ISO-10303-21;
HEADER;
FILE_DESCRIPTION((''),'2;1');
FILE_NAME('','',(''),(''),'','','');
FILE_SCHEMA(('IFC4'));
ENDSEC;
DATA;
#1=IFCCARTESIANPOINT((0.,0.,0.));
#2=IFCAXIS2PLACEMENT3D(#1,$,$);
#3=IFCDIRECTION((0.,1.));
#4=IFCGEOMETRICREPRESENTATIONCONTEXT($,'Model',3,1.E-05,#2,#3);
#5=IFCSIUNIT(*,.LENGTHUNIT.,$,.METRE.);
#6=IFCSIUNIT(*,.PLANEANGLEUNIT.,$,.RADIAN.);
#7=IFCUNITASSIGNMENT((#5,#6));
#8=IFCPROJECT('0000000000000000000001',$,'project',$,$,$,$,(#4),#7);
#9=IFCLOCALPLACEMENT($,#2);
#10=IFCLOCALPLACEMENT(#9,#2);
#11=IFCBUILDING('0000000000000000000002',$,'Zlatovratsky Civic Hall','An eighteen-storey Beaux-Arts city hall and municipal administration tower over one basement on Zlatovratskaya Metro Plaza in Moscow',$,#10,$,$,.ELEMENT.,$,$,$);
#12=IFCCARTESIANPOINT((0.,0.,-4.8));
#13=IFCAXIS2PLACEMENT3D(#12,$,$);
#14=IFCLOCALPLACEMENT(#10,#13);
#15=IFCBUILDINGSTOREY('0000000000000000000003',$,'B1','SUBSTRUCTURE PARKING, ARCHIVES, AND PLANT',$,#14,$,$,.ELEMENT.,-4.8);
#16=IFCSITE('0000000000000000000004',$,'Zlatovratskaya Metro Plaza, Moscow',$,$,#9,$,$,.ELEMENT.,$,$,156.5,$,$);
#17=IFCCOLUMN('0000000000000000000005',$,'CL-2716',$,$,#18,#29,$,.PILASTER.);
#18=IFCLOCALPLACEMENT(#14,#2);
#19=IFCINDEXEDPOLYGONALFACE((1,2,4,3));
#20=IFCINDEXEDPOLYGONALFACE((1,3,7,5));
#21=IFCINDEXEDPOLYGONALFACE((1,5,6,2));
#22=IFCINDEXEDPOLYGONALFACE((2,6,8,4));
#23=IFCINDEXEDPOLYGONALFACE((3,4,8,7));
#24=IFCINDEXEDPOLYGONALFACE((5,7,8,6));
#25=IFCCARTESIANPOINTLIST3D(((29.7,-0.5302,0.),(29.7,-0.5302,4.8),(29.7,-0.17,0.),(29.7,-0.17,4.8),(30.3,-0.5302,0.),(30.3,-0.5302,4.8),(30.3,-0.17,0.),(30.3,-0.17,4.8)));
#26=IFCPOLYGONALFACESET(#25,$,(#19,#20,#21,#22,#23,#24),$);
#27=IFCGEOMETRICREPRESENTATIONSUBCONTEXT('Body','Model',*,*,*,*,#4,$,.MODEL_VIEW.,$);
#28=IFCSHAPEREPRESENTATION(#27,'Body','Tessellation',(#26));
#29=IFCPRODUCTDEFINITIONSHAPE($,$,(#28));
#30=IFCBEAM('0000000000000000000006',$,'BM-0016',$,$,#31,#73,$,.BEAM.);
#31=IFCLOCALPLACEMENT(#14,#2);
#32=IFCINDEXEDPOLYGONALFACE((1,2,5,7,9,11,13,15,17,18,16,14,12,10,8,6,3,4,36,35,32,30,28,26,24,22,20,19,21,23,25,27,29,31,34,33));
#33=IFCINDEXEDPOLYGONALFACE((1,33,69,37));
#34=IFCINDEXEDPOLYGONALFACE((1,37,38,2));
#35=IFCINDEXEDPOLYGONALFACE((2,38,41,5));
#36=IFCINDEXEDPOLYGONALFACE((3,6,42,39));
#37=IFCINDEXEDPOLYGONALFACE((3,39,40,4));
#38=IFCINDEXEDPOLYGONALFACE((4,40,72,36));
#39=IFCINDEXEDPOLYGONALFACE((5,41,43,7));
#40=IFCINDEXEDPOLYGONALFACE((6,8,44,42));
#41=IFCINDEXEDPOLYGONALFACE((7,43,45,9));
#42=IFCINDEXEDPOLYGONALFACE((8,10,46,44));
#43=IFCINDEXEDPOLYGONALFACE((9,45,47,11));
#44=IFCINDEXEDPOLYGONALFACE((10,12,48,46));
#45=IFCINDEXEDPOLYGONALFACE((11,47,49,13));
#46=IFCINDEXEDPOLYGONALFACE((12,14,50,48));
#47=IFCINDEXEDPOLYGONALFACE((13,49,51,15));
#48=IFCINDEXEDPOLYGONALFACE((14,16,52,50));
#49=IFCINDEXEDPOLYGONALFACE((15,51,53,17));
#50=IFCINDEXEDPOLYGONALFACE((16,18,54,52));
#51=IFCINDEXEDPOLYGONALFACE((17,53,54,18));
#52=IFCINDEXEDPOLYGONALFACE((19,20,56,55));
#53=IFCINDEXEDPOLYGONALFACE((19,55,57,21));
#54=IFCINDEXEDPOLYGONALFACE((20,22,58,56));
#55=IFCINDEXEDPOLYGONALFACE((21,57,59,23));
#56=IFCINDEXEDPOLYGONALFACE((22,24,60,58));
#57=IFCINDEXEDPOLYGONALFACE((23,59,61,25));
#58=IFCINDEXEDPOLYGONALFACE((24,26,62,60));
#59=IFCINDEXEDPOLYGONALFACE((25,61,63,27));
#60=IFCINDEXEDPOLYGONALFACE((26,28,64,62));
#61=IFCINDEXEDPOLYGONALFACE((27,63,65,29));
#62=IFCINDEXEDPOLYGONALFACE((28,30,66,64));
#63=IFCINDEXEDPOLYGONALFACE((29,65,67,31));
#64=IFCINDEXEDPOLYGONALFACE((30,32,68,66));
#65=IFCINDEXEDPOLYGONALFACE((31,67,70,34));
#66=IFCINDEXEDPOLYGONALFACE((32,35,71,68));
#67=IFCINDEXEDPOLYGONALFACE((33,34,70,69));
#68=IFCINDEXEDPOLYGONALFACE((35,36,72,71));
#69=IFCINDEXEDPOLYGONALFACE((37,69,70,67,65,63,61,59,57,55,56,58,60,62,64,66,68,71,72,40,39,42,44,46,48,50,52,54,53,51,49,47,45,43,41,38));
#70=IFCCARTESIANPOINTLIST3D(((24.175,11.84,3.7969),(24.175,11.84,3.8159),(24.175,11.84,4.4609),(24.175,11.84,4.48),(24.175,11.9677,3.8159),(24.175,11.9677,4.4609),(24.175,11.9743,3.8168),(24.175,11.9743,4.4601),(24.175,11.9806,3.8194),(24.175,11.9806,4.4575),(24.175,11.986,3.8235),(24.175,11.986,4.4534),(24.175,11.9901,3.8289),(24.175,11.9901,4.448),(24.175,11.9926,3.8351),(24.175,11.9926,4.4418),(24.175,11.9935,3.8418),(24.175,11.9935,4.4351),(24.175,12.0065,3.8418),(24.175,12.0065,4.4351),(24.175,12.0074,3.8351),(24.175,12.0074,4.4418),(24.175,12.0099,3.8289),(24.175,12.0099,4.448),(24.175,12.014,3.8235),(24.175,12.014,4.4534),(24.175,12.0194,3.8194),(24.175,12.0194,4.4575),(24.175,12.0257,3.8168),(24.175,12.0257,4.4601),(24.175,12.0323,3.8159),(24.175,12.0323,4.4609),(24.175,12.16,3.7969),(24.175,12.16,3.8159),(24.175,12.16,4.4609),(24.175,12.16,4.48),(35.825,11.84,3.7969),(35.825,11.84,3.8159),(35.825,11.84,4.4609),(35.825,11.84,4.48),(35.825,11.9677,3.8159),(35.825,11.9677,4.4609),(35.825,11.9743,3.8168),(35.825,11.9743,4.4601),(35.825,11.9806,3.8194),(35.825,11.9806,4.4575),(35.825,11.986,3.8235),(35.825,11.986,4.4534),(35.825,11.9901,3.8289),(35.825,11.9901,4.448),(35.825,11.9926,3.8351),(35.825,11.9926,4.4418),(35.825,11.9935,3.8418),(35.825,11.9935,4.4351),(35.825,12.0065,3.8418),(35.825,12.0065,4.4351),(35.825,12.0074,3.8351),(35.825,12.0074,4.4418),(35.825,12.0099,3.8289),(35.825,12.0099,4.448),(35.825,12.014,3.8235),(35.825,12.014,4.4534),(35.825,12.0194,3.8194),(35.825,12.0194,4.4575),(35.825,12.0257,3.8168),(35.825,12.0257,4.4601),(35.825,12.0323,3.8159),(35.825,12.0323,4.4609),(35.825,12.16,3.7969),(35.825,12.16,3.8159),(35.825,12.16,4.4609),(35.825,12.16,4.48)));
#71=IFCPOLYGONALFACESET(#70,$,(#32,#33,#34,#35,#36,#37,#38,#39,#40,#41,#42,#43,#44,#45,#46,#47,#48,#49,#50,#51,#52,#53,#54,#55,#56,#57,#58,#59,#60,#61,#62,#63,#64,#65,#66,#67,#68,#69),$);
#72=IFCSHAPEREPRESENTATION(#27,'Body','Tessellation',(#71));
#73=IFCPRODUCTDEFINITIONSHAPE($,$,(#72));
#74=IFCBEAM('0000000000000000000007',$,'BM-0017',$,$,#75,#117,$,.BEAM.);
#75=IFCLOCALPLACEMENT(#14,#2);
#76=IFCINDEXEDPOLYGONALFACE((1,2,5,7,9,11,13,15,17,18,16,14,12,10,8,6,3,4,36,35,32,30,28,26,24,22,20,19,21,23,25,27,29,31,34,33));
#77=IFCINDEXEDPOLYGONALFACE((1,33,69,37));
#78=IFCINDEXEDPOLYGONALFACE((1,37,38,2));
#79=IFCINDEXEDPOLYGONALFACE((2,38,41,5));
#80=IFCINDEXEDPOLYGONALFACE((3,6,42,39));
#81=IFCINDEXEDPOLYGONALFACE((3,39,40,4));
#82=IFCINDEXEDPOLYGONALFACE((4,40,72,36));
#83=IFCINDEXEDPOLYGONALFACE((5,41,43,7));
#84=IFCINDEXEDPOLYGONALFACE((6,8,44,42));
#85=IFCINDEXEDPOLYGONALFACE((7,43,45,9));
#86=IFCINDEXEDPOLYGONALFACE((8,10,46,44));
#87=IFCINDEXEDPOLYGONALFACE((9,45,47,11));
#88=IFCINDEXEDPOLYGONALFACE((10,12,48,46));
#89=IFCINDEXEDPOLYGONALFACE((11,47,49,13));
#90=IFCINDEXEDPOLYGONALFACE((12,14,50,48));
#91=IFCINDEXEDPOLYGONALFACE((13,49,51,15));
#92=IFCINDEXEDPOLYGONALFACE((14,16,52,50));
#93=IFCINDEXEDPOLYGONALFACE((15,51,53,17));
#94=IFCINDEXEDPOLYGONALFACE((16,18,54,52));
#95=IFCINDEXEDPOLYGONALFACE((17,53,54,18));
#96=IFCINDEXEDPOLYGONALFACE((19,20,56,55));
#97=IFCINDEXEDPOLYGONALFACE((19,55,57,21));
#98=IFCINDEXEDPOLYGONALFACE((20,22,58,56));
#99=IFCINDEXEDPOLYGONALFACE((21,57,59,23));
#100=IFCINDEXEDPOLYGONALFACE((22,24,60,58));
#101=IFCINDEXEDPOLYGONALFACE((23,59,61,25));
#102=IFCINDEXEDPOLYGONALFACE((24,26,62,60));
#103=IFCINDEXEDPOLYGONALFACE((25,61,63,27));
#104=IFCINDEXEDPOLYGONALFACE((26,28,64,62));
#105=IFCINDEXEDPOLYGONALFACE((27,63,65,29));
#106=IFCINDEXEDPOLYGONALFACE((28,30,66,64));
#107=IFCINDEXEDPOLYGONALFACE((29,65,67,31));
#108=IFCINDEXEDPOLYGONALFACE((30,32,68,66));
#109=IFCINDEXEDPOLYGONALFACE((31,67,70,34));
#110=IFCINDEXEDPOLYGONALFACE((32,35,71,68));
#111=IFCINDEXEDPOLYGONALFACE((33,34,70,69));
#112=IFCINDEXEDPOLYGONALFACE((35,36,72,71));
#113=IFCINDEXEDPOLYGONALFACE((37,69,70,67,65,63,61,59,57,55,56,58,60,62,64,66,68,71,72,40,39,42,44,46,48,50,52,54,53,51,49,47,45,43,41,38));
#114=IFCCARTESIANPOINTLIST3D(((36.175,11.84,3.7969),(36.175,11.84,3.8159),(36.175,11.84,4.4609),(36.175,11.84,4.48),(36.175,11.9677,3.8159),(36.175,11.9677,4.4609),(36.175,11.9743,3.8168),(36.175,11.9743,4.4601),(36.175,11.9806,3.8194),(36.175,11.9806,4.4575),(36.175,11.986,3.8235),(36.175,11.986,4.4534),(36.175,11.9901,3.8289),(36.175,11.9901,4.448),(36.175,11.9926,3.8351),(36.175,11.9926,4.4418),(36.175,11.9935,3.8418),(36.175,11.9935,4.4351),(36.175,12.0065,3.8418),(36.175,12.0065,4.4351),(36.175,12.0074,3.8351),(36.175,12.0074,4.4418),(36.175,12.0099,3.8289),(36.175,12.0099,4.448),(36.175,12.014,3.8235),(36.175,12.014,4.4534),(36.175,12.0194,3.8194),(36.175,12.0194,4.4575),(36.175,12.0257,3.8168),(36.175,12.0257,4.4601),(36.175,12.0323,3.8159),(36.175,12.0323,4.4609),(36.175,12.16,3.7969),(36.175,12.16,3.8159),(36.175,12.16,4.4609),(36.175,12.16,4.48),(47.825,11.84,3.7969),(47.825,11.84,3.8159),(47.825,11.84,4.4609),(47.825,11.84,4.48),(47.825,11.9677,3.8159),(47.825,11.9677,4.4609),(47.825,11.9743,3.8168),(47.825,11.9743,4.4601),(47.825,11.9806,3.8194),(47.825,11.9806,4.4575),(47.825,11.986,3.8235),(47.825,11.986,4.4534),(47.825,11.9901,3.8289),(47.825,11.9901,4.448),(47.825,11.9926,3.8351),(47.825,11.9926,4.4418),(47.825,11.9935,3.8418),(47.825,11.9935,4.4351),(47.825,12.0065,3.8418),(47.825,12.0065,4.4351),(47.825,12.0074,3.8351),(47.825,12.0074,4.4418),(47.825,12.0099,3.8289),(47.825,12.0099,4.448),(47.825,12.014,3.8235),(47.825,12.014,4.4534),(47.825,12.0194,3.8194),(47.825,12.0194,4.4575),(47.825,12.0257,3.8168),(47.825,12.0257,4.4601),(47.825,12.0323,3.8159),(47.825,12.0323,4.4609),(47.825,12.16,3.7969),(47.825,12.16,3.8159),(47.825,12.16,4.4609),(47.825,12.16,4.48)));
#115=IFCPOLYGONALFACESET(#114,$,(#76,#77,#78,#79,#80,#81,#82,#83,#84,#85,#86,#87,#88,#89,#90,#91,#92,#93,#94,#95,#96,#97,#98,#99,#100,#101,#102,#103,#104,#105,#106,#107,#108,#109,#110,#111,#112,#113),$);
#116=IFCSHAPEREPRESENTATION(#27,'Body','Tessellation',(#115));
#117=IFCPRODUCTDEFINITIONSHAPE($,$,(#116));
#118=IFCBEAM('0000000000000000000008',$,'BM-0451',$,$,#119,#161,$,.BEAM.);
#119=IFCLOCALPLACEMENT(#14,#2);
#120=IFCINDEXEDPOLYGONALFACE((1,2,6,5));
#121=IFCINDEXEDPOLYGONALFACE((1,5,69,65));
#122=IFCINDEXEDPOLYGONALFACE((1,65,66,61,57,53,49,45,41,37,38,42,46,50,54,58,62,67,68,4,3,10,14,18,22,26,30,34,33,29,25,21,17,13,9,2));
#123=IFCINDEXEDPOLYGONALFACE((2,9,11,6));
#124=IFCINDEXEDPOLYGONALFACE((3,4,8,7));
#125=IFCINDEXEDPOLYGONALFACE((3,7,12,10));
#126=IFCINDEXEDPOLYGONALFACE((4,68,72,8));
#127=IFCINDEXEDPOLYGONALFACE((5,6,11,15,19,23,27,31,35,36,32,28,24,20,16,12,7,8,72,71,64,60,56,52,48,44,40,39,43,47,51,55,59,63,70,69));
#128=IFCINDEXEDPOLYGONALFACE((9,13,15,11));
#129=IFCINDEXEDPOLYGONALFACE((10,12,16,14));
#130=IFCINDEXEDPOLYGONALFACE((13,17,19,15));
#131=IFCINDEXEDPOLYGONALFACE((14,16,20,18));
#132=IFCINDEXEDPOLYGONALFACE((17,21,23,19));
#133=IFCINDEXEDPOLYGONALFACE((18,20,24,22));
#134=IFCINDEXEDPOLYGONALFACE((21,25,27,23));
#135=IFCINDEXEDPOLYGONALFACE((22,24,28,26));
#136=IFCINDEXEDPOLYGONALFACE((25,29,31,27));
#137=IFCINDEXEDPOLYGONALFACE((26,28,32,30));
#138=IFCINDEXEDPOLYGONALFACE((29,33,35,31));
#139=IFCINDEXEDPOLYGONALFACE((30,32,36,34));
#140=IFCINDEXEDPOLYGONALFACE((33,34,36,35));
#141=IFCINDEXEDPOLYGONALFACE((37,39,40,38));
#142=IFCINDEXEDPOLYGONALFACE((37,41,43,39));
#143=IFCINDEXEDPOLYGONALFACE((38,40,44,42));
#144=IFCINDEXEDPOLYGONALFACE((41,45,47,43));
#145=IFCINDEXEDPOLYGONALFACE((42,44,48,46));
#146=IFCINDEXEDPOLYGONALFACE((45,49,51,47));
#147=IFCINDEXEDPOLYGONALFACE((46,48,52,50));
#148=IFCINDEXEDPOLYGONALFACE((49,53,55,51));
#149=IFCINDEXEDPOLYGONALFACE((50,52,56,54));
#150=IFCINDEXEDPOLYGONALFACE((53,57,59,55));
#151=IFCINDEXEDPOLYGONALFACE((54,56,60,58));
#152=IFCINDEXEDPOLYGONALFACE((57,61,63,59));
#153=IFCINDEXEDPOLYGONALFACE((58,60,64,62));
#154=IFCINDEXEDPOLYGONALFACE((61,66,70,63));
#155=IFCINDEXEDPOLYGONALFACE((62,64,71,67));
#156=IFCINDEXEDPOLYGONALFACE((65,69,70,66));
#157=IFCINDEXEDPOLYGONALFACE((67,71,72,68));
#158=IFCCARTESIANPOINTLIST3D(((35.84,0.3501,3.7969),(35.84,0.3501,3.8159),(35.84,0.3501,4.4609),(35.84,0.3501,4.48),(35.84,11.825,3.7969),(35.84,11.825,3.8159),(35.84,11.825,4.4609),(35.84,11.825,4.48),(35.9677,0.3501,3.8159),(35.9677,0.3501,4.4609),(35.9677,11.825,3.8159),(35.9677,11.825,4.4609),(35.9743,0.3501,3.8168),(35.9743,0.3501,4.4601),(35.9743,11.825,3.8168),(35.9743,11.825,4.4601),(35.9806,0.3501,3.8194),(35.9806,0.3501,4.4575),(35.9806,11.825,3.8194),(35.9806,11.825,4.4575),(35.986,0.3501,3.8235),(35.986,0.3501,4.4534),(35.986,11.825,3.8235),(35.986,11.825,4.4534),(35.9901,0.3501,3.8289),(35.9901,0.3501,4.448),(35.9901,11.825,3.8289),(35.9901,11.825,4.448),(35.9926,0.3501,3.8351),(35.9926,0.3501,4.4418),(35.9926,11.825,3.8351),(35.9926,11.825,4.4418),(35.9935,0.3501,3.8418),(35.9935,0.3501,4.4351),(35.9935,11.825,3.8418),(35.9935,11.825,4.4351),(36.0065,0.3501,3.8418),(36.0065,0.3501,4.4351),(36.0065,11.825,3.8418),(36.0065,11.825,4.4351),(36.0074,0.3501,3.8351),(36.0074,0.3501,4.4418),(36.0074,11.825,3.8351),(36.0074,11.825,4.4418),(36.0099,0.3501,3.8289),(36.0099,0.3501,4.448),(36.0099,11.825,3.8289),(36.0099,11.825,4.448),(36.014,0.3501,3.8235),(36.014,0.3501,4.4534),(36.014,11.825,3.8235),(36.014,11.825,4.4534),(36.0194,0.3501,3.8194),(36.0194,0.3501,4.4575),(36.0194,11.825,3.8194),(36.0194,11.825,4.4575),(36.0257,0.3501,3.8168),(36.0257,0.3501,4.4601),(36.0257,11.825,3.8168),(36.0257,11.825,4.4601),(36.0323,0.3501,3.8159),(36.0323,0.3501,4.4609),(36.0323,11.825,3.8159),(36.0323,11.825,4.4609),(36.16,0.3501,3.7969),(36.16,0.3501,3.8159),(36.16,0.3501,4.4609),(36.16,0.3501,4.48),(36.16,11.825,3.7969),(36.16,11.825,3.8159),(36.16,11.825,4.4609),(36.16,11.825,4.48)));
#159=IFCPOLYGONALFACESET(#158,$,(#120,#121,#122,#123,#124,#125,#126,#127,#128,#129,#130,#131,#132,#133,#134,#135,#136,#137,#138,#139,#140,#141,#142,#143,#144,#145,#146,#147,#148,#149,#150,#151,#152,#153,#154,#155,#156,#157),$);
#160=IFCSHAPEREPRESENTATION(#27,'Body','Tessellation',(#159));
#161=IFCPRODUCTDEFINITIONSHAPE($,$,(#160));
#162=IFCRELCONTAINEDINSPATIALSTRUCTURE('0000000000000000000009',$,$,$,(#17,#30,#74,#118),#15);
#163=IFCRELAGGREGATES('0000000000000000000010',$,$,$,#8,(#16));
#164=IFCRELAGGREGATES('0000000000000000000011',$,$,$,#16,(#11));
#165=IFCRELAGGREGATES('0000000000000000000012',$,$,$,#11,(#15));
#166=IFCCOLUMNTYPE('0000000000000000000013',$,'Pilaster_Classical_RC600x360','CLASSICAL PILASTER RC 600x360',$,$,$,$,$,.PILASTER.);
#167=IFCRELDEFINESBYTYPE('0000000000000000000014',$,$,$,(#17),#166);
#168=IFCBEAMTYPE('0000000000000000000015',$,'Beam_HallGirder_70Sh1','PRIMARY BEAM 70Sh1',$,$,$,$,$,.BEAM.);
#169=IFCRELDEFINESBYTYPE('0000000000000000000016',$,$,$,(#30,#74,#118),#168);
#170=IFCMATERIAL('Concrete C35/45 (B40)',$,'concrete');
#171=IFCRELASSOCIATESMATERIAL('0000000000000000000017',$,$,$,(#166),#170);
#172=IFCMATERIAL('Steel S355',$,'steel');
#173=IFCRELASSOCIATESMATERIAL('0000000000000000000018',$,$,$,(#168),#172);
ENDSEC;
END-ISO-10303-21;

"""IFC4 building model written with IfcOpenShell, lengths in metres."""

from ifc_helpers import new_model, si_unit, direction, frame, origin, origin_2d, place, context, subcontext, project, spatial, rectangle, i_section, extrude, material, material_profile, profile_set, type_object, element, save


model = new_model("IFC4")

# Units and contexts
model_context = context("Model", 3, precision=1e-05, world=origin(), true_north=direction((0.0, 1.0)))
body_context = subcontext(model_context, "Body", "Model", "MODEL_VIEW")
ifc_project = project(units=[si_unit("LENGTHUNIT", "METRE"), si_unit("PLANEANGLEUNIT", "RADIAN")], contexts=[model_context])

# Site, building, storey
site_placement = place(None, origin())
site = spatial("IfcSite", under=ifc_project, at=site_placement, Name="Zlatovratskaya Metro Plaza, Moscow", CompositionType="ELEMENT", RefElevation=156.5)
building_placement = place(site_placement, origin())
building = spatial("IfcBuilding", under=site, at=building_placement, Name="Zlatovratsky Civic Hall", Description="An eighteen-storey Beaux-Arts city hall and municipal administration tower over one basement on Zlatovratskaya Metro Plaza in Moscow", CompositionType="ELEMENT")
storey_placement = place(building_placement, frame((0.0, 0.0, -4.8)))
storey = spatial("IfcBuildingStorey", under=building, at=storey_placement, Name="B1", Description="SUBSTRUCTURE PARKING, ARCHIVES, AND PLANT", CompositionType="ELEMENT", Elevation=-4.8)

# Column
ifc_material_1 = material(Name="Concrete C35/45 (B40)", Category="concrete")
ifc_material_2 = material(Name="Steel S355", Category="steel")
ifc_material_profile_1 = material_profile(ifc_material_1, rectangle(XDim=0.6001, YDim=0.3601, at=origin_2d()), Name="RC 600x360")
ifc_profile_set_1 = profile_set([ifc_material_profile_1], Name="Concrete C35/45 (B40)")
column_type_1 = type_object("IfcColumnType", Name="Pilaster_Classical_RC600x360", Description="CLASSICAL PILASTER RC 600x360", PredefinedType="PILASTER", material=ifc_profile_set_1)
column_1_placement = place(storey_placement, frame((30.0, -0.3501, 0.0), z_axis=(0.0, 0.0, 1.0), x_axis=(1.0, 0.0, 0.0)))
element("IfcColumn", 1, at=column_1_placement, inside=storey, type_object=column_type_1, Name="CL-2716", PredefinedType="PILASTER", context=body_context, shape_type="SweptSolid", body=[
    extrude(rectangle(XDim=0.6001, YDim=0.3601, at=origin_2d()), origin(), (0.0, 0.0, 1.0), 4.8),
])

# Beams
ifc_material_profile_2 = material_profile(ifc_material_2, i_section(OverallWidth=0.3201, OverallDepth=0.6831, WebThickness=0.0129, FlangeThickness=0.019, FilletRadius=0.0259, at=origin_2d()), Name="70Sh1")
ifc_profile_set_2 = profile_set([ifc_material_profile_2], Name="Steel S355")
beam_type_1 = type_object("IfcBeamType", Name="Beam_HallGirder_70Sh1", Description="PRIMARY BEAM 70Sh1", PredefinedType="BEAM", material=ifc_profile_set_2)
for number, where, z_axis, x_axis, name in (
    (2, (24.175, 12.0, 4.1384), (1.0, 0.0, 0.0), (0.0, 1.0, 0.0), "BM-0016"),
    (3, (36.175, 12.0, 4.1384), (1.0, 0.0, 0.0), (0.0, 1.0, 0.0), "BM-0017"),
):
    element("IfcBeam", number, at=place(storey_placement, frame(where, z_axis=z_axis, x_axis=x_axis)), inside=storey, type_object=beam_type_1, Name=name, PredefinedType="BEAM", context=body_context, shape_type="SweptSolid", body=[
        extrude(i_section(OverallWidth=0.3201, OverallDepth=0.6831, WebThickness=0.0129, FlangeThickness=0.019, FilletRadius=0.0259, at=origin_2d()), origin(), (0.0, 0.0, 1.0), 11.6499),
    ])
beam_1_placement = place(storey_placement, frame((36.0, 0.3501, 4.1384), z_axis=(0.0, 1.0, 0.0), x_axis=(-1.0, 0.0, 0.0)))
element("IfcBeam", 4, at=beam_1_placement, inside=storey, type_object=beam_type_1, Name="BM-0451", PredefinedType="BEAM", context=body_context, shape_type="SweptSolid", body=[
    extrude(i_section(OverallWidth=0.3201, OverallDepth=0.6831, WebThickness=0.0129, FlangeThickness=0.019, FilletRadius=0.0259, at=origin_2d()), origin(), (0.0, 0.0, 1.0), 11.4749),
])

save(model, "model.ifc")
